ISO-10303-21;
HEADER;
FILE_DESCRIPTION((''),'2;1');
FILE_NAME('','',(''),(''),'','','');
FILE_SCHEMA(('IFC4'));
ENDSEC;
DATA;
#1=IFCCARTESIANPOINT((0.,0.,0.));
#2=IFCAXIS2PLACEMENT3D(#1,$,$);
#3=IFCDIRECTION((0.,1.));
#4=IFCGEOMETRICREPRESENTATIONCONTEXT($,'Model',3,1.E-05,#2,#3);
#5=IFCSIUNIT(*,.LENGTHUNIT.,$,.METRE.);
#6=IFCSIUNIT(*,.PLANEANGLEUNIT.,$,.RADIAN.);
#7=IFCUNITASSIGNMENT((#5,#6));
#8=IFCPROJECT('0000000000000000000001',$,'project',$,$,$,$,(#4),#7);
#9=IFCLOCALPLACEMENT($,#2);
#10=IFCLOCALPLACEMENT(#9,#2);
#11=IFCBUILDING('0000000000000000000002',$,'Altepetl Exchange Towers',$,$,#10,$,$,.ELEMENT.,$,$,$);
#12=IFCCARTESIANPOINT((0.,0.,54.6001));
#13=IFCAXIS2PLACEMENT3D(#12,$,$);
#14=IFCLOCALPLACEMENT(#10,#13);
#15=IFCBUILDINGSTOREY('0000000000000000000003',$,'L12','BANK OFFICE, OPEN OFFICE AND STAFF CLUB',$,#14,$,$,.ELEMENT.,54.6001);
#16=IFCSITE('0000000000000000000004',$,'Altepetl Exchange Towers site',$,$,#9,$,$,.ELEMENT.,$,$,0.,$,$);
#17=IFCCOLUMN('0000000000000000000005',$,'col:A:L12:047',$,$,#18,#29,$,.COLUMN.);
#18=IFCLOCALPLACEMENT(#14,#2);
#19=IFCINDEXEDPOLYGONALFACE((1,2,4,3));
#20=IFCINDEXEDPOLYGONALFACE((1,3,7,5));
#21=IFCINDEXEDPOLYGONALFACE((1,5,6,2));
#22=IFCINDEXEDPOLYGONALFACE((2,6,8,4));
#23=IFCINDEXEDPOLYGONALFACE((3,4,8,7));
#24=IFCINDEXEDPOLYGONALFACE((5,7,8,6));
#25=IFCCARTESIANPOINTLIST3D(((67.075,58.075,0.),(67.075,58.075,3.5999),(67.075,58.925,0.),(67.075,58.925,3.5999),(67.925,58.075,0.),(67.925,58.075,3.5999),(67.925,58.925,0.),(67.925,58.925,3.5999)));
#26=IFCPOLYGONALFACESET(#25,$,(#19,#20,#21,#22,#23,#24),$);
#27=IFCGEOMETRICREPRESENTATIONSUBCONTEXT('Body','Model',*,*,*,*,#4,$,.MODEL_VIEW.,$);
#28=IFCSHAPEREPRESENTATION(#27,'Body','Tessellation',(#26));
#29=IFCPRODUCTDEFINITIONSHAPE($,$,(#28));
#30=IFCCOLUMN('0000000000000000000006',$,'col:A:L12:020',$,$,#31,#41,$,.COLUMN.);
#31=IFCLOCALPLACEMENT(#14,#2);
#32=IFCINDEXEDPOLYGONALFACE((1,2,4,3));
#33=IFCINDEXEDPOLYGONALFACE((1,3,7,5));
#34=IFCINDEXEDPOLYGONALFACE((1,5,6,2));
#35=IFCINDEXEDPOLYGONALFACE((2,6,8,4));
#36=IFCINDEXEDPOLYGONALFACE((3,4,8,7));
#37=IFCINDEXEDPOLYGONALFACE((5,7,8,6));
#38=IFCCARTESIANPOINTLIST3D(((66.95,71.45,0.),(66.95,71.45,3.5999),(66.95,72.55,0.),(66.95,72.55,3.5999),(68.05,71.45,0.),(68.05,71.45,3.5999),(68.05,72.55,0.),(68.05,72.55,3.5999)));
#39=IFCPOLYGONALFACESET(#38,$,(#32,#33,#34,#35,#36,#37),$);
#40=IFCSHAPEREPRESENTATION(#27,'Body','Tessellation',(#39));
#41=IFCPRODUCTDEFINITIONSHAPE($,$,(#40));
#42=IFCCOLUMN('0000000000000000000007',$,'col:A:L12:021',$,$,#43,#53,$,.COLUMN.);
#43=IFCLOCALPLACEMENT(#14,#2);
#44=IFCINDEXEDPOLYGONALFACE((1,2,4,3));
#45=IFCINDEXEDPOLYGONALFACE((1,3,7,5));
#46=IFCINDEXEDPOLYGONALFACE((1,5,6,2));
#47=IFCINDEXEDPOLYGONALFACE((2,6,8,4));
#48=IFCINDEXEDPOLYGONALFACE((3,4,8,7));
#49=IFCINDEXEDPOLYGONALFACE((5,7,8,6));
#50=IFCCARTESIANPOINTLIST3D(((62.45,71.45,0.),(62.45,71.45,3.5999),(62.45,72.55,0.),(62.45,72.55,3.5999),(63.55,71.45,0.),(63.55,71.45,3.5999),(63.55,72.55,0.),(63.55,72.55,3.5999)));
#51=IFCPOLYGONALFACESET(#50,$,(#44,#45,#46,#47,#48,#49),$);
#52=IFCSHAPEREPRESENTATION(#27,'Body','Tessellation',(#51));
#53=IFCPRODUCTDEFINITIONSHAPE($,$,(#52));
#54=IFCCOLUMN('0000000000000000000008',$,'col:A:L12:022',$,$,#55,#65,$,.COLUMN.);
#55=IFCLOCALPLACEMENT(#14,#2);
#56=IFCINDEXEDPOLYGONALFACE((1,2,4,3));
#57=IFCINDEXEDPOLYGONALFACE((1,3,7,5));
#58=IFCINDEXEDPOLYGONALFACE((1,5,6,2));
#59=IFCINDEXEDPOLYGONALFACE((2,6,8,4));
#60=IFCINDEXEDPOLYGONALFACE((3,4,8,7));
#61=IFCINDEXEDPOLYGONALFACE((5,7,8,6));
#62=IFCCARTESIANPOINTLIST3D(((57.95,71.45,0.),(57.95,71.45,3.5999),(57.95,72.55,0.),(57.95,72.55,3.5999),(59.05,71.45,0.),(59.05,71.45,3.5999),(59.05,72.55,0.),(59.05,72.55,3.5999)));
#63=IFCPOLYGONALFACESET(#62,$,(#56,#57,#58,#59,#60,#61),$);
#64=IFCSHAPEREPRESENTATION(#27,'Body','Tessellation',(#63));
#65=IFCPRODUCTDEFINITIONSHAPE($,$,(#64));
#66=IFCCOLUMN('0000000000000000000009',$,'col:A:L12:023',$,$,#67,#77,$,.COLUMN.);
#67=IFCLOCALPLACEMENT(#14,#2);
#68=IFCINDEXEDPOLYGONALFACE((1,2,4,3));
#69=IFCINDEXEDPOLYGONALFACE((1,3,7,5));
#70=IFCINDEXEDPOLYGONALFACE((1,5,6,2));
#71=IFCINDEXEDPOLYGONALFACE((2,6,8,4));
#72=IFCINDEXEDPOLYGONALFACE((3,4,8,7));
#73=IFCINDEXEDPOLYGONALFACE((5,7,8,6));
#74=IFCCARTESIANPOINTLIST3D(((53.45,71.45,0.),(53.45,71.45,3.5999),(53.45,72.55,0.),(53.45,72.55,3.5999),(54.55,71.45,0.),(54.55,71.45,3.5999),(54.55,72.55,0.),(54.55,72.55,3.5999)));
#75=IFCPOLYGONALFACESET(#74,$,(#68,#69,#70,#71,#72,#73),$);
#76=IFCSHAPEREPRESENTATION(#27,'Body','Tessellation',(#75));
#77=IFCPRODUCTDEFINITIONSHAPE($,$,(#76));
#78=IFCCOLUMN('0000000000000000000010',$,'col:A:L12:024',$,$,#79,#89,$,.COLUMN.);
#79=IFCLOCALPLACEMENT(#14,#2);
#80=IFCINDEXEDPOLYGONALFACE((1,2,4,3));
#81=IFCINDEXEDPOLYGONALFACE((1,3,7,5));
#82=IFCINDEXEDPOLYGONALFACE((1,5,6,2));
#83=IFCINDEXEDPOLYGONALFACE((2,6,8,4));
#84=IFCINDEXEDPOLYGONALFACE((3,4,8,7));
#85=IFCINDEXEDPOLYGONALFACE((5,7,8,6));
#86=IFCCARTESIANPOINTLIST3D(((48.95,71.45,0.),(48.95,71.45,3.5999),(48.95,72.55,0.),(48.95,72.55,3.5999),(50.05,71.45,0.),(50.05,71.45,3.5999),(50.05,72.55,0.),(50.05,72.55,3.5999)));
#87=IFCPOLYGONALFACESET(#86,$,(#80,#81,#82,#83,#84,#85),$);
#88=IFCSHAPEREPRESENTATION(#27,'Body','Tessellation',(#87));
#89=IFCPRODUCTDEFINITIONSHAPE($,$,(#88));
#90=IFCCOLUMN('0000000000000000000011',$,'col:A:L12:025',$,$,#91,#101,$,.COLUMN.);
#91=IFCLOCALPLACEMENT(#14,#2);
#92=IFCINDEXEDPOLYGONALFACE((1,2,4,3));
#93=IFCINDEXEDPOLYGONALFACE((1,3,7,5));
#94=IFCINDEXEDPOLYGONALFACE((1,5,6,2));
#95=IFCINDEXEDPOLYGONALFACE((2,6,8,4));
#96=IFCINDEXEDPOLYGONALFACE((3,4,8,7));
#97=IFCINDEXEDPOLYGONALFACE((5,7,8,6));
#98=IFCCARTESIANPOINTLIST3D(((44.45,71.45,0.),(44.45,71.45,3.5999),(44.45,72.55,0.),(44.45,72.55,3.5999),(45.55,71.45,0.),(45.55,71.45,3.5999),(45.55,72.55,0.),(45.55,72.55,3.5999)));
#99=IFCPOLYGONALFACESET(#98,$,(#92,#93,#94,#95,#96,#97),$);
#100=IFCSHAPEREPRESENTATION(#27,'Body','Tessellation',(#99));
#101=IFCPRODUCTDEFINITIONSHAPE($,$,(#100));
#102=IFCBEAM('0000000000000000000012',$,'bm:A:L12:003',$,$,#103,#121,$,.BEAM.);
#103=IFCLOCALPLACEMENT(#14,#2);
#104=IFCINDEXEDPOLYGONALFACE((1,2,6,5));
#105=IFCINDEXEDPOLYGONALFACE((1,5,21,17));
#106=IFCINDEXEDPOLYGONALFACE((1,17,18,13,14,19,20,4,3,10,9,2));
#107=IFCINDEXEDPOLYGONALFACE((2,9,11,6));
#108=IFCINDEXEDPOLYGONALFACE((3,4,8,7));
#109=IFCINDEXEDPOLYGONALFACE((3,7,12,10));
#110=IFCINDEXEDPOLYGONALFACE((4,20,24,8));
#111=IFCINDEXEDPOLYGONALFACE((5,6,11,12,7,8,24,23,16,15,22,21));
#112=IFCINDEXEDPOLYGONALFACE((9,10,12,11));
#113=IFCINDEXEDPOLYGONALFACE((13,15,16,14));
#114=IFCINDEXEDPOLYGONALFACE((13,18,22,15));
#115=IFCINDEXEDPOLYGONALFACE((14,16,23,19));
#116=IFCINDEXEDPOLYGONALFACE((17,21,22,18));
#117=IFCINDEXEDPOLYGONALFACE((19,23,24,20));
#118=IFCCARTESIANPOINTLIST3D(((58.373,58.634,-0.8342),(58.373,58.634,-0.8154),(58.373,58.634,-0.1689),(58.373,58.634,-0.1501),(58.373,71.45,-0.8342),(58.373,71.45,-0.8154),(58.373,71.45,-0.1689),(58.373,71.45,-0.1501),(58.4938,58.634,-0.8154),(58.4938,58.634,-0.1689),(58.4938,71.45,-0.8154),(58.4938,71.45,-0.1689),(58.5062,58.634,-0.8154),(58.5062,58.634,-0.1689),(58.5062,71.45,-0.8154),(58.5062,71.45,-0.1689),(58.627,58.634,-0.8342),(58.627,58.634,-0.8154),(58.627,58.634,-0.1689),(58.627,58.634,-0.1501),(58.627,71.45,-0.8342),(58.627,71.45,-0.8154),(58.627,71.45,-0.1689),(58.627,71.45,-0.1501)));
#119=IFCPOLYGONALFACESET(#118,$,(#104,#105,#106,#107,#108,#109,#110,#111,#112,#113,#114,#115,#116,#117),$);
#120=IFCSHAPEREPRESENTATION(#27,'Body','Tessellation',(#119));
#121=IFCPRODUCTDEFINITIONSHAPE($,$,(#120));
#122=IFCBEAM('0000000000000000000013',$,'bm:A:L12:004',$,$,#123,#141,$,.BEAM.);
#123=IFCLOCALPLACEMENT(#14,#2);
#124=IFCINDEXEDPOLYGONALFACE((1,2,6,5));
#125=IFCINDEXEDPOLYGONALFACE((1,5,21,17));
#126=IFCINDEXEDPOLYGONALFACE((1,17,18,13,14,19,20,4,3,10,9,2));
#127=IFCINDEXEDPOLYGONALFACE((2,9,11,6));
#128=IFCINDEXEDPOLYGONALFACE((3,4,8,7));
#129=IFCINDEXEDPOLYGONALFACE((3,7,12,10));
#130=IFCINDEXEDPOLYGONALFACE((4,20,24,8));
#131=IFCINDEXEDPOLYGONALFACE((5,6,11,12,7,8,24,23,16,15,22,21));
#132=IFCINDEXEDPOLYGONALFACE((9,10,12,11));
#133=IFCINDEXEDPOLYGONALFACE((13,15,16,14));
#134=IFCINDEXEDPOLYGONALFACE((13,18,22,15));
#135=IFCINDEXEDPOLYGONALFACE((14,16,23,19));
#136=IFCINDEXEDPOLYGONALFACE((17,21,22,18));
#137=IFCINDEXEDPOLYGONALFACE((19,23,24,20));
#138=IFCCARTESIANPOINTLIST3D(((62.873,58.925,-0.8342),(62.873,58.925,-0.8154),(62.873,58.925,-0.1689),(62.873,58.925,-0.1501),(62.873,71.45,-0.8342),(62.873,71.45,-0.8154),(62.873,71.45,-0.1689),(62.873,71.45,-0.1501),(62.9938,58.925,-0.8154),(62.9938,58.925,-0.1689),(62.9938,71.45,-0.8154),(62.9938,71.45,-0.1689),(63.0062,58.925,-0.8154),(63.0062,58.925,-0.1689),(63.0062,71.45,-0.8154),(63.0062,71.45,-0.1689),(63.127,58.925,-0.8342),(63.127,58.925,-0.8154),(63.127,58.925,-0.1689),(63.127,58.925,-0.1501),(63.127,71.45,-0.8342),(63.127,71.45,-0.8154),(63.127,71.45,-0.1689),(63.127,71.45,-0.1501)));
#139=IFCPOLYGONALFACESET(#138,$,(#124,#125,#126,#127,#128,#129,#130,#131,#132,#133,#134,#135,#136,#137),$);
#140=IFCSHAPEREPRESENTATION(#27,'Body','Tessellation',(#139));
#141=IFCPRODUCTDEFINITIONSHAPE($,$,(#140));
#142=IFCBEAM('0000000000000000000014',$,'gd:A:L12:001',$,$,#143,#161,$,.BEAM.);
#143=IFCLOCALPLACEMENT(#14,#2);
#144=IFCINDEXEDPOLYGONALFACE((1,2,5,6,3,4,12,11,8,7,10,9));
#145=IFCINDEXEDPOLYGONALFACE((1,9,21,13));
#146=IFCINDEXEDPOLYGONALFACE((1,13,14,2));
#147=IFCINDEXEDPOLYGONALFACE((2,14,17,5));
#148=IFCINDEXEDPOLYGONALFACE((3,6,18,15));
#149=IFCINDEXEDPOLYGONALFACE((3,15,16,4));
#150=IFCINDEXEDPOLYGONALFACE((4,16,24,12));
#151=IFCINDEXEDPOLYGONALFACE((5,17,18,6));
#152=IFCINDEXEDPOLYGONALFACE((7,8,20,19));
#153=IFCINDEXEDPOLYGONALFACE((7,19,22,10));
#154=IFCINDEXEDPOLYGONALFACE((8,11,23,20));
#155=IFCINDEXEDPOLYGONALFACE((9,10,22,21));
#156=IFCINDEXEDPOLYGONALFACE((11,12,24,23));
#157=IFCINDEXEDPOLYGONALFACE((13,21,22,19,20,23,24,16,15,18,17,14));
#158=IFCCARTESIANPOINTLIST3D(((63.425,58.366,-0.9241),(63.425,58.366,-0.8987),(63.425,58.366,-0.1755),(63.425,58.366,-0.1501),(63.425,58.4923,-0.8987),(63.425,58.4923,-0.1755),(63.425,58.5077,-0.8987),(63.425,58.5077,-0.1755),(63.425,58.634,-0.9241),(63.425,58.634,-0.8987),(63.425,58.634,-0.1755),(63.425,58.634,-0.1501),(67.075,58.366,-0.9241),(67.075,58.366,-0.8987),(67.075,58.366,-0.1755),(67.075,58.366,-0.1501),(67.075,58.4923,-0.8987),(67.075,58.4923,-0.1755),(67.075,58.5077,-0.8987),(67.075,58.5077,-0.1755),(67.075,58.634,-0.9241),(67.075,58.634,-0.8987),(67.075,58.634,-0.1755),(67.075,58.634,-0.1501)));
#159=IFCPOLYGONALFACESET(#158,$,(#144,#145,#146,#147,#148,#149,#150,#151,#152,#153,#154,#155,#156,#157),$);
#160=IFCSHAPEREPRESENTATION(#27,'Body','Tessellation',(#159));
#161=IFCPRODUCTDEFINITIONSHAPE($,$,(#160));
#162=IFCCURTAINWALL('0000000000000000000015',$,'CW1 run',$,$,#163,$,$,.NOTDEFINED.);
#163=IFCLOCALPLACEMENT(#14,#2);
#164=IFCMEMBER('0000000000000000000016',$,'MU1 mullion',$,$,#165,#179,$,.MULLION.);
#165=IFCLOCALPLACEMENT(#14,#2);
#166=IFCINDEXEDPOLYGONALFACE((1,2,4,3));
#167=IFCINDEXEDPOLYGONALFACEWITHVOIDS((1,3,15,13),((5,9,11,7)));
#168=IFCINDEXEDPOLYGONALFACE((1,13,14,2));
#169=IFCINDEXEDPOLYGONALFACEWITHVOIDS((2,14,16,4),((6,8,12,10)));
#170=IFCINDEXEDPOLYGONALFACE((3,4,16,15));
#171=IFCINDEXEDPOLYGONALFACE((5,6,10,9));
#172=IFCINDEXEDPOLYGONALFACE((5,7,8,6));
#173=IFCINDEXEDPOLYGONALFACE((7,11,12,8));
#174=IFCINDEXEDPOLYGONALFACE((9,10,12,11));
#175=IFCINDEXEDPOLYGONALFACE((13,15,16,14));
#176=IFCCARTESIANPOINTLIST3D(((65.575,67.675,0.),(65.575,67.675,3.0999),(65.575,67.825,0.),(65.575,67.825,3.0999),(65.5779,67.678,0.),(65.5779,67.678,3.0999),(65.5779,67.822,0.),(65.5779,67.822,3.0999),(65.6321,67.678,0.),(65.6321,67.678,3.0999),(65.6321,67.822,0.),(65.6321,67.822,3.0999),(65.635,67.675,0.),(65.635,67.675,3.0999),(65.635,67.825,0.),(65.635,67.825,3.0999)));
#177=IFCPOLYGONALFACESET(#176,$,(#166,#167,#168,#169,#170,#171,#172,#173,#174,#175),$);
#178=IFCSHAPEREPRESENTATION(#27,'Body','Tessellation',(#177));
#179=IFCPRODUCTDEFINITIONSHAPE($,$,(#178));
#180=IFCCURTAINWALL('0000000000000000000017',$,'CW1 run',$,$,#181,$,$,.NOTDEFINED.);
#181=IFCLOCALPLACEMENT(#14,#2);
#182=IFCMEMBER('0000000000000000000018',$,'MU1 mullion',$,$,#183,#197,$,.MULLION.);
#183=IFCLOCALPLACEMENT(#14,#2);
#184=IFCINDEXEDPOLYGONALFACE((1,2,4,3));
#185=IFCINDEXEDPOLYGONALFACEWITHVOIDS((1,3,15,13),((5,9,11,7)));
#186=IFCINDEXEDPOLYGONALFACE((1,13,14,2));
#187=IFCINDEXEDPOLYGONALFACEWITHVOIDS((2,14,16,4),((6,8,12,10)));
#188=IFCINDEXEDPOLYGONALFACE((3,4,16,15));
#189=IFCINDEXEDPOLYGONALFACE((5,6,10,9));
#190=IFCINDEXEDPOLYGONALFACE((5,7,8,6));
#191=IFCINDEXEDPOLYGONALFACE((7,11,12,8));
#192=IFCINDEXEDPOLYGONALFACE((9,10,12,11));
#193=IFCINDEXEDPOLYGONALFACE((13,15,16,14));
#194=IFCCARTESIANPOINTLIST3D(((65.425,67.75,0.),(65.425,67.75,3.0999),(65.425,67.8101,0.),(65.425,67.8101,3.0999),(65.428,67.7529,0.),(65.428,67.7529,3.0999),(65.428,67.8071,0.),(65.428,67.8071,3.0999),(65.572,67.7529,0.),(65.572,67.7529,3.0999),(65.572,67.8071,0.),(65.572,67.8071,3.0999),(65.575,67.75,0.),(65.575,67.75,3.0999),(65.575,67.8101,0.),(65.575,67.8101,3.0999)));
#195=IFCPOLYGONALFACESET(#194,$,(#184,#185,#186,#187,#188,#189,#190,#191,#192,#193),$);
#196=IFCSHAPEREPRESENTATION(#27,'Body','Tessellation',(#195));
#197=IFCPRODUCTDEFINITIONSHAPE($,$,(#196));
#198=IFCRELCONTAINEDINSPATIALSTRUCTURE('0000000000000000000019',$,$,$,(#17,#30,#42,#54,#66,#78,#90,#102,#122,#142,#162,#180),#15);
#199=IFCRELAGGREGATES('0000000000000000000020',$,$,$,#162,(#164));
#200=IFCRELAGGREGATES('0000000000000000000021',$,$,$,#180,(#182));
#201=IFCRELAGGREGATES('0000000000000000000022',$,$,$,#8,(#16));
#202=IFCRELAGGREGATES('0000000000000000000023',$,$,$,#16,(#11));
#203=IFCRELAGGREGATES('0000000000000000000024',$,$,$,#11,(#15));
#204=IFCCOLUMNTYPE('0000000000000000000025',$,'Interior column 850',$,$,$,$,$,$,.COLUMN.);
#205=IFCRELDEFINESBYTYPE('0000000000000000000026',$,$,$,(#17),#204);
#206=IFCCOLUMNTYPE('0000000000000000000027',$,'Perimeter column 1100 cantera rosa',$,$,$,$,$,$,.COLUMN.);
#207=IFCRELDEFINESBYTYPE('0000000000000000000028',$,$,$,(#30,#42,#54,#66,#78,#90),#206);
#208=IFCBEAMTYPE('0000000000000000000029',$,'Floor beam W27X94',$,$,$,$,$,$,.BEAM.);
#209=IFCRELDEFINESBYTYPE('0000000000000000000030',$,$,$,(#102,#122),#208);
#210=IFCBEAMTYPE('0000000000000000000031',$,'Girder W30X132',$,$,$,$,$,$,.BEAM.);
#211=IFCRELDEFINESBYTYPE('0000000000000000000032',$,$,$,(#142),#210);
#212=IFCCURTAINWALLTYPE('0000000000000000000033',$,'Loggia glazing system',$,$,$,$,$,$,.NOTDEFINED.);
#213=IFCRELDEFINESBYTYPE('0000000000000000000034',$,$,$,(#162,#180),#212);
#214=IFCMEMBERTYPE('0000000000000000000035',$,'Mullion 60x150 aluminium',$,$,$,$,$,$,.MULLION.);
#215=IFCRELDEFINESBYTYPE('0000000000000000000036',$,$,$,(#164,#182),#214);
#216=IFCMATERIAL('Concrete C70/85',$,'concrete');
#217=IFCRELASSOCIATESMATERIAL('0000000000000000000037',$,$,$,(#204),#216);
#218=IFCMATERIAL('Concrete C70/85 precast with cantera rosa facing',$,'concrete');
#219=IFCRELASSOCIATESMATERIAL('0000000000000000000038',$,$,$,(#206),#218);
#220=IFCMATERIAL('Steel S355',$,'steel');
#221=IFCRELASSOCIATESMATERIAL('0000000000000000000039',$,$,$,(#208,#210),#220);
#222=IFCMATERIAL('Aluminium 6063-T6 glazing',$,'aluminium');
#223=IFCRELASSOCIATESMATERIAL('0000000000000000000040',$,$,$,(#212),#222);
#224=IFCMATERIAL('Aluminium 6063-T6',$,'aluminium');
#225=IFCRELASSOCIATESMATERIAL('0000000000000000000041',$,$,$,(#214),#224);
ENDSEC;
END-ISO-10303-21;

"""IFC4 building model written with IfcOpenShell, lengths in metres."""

from ifc_helpers import new_model, si_unit, direction, frame, origin, origin_2d, place, context, subcontext, project, spatial, rectangle, hollow_rectangle, i_section, extrude, material, material_profile, profile_set, type_object, element, aggregate, save


model = new_model("IFC4")

# Units and contexts
model_context = context("Model", 3, precision=1e-05, world=origin(), true_north=direction((0.0, 1.0)))
body_context = subcontext(model_context, "Body", "Model", "MODEL_VIEW")
ifc_project = project(units=[si_unit("LENGTHUNIT", "METRE"), si_unit("PLANEANGLEUNIT", "RADIAN")], contexts=[model_context])

# Site, building, storey
site_placement = place(None, origin())
site = spatial("IfcSite", under=ifc_project, at=site_placement, Name="Altepetl Exchange Towers site", CompositionType="ELEMENT", RefElevation=0.0)
building_placement = place(site_placement, origin())
building = spatial("IfcBuilding", under=site, at=building_placement, Name="Altepetl Exchange Towers", CompositionType="ELEMENT")
storey_placement = place(building_placement, frame((0.0, 0.0, 54.6001)))
storey = spatial("IfcBuildingStorey", under=building, at=storey_placement, Name="L12", Description="BANK OFFICE, OPEN OFFICE AND STAFF CLUB", CompositionType="ELEMENT", Elevation=54.6001)

# Columns
ifc_material_1 = material(Name="Concrete C70/85", Category="concrete")
ifc_material_profile_1 = material_profile(ifc_material_1, rectangle(XDim=0.8501, YDim=0.8501, at=origin_2d()), Name="850 x 850")
ifc_profile_set_1 = profile_set([ifc_material_profile_1], Name="Concrete C70/85")
column_type_1 = type_object("IfcColumnType", Name="Interior column 850", PredefinedType="COLUMN", material=ifc_profile_set_1)
column_placement = place(storey_placement, frame((67.5, 58.5, 0.0)))
element("IfcColumn", 1, at=column_placement, inside=storey, type_object=column_type_1, Name="col:A:L12:047", PredefinedType="COLUMN", context=body_context, shape_type="SweptSolid", body=[
    extrude(rectangle(XDim=0.8501, YDim=0.8501, at=origin_2d()), origin(), (0.0, 0.0, 1.0), 3.5999),
])
ifc_material_2 = material(Name="Concrete C70/85 precast with cantera rosa facing", Category="concrete")
ifc_material_profile_2 = material_profile(ifc_material_2, rectangle(XDim=1.1001, YDim=1.1001, at=origin_2d()), Name="1100 x 1100")
ifc_profile_set_2 = profile_set([ifc_material_profile_2], Name="Concrete C70/85 precast with cantera rosa facing")
column_type_2 = type_object("IfcColumnType", Name="Perimeter column 1100 cantera rosa", PredefinedType="COLUMN", material=ifc_profile_set_2)
for number, where, name in (
    (2, (67.5, 72.0, 0.0), "col:A:L12:020"),
    (3, (63.0, 72.0, 0.0), "col:A:L12:021"),
    (4, (58.5, 72.0, 0.0), "col:A:L12:022"),
    (5, (54.0, 72.0, 0.0), "col:A:L12:023"),
    (6, (49.5, 72.0, 0.0), "col:A:L12:024"),
    (7, (45.0, 72.0, 0.0), "col:A:L12:025"),
):
    element("IfcColumn", number, at=place(storey_placement, frame(where)), inside=storey, type_object=column_type_2, Name=name, PredefinedType="COLUMN", context=body_context, shape_type="SweptSolid", body=[
        extrude(rectangle(XDim=1.1001, YDim=1.1001, at=origin_2d()), origin(), (0.0, 0.0, 1.0), 3.5999),
    ])

# Beams
ifc_material_3 = material(Name="Steel S355", Category="steel")
ifc_material_profile_3 = material_profile(ifc_material_3, i_section(OverallWidth=0.2539, OverallDepth=0.6841, WebThickness=0.0125, FlangeThickness=0.0188, at=origin_2d()), Name="W27X94")
ifc_profile_set_3 = profile_set([ifc_material_profile_3], Name="Steel S355")
beam_type_1 = type_object("IfcBeamType", Name="Floor beam W27X94", PredefinedType="BEAM", material=ifc_profile_set_3)
beam_1_placement = place(storey_placement, frame((58.5, 58.634, -0.4922), z_axis=(0.0, 1.0, 0.0), x_axis=(-1.0, 0.0, 0.0)))
element("IfcBeam", 8, at=beam_1_placement, inside=storey, type_object=beam_type_1, Name="bm:A:L12:003", PredefinedType="BEAM", context=body_context, shape_type="SweptSolid", body=[
    extrude(i_section(OverallWidth=0.2539, OverallDepth=0.6841, WebThickness=0.0125, FlangeThickness=0.0188, at=origin_2d()), origin(), (0.0, 0.0, 1.0), 12.8159),
])
beam_2_placement = place(storey_placement, frame((63.0, 58.925, -0.4922), z_axis=(0.0, 1.0, 0.0), x_axis=(-1.0, 0.0, 0.0)))
element("IfcBeam", 9, at=beam_2_placement, inside=storey, type_object=beam_type_1, Name="bm:A:L12:004", PredefinedType="BEAM", context=body_context, shape_type="SweptSolid", body=[
    extrude(i_section(OverallWidth=0.2539, OverallDepth=0.6841, WebThickness=0.0125, FlangeThickness=0.0188, at=origin_2d()), origin(), (0.0, 0.0, 1.0), 12.5249),
])
ifc_material_profile_4 = material_profile(ifc_material_3, i_section(OverallWidth=0.2681, OverallDepth=0.7739, WebThickness=0.0154, FlangeThickness=0.0254, at=origin_2d()), Name="W30X132")
ifc_profile_set_4 = profile_set([ifc_material_profile_4], Name="Steel S355")
beam_type_2 = type_object("IfcBeamType", Name="Girder W30X132", PredefinedType="BEAM", material=ifc_profile_set_4)
beam_3_placement = place(storey_placement, frame((63.425, 58.5, -0.5371), z_axis=(1.0, 0.0, 0.0), x_axis=(0.0, 1.0, 0.0)))
element("IfcBeam", 10, at=beam_3_placement, inside=storey, type_object=beam_type_2, Name="gd:A:L12:001", PredefinedType="BEAM", context=body_context, shape_type="SweptSolid", body=[
    extrude(i_section(OverallWidth=0.2681, OverallDepth=0.7739, WebThickness=0.0154, FlangeThickness=0.0254, at=origin_2d()), origin(), (0.0, 0.0, 1.0), 3.6499),
])

# Curtain wall, member
ifc_material_4 = material(Name="Aluminium 6063-T6 glazing", Category="aluminium")
curtain_wall_type = type_object("IfcCurtainWallType", Name="Loggia glazing system", PredefinedType="NOTDEFINED", material=ifc_material_4)
curtain_wall_1_placement = place(storey_placement, origin())
curtain_wall_1 = element("IfcCurtainWall", 11, at=curtain_wall_1_placement, inside=storey, type_object=curtain_wall_type, Name="CW1 run", PredefinedType="NOTDEFINED")
ifc_material_5 = material(Name="Aluminium 6063-T6", Category="aluminium")
ifc_material_profile_5 = material_profile(ifc_material_5, hollow_rectangle(XDim=0.0601, YDim=0.1499, WallThickness=0.0029, at=origin_2d()), Name="Mullion 60x150 aluminium")
ifc_profile_set_5 = profile_set([ifc_material_profile_5], Name="Aluminium 6063-T6")
member_type = type_object("IfcMemberType", Name="Mullion 60x150 aluminium", PredefinedType="MULLION", material=ifc_profile_set_5)
member_1_placement = place(storey_placement, frame((65.605, 67.75, 0.0), z_axis=(0.0, 0.0, 1.0), x_axis=(-1.0, 0.0, 0.0)))
member_1 = element("IfcMember", 12, at=member_1_placement, type_object=member_type, Name="MU1 mullion", PredefinedType="MULLION", context=body_context, shape_type="SweptSolid", body=[
    extrude(hollow_rectangle(XDim=0.0601, YDim=0.1499, WallThickness=0.0029, at=origin_2d()), origin(), (0.0, 0.0, 1.0), 3.0999),
])

# Curtain wall, member
curtain_wall_2_placement = place(storey_placement, origin())
curtain_wall_2 = element("IfcCurtainWall", 13, at=curtain_wall_2_placement, inside=storey, type_object=curtain_wall_type, Name="CW1 run", PredefinedType="NOTDEFINED")
member_2_placement = place(storey_placement, frame((65.5, 67.78, 0.0), z_axis=(0.0, 0.0, 1.0), x_axis=(0.0, 1.0, 0.0)))
member_2 = element("IfcMember", 14, at=member_2_placement, type_object=member_type, Name="MU1 mullion", PredefinedType="MULLION", context=body_context, shape_type="SweptSolid", body=[
    extrude(hollow_rectangle(XDim=0.0601, YDim=0.1499, WallThickness=0.0029, at=origin_2d()), origin(), (0.0, 0.0, 1.0), 3.0999),
])

aggregate(curtain_wall_1, [member_1])
aggregate(curtain_wall_2, [member_2])

save(model, "model.ifc")
